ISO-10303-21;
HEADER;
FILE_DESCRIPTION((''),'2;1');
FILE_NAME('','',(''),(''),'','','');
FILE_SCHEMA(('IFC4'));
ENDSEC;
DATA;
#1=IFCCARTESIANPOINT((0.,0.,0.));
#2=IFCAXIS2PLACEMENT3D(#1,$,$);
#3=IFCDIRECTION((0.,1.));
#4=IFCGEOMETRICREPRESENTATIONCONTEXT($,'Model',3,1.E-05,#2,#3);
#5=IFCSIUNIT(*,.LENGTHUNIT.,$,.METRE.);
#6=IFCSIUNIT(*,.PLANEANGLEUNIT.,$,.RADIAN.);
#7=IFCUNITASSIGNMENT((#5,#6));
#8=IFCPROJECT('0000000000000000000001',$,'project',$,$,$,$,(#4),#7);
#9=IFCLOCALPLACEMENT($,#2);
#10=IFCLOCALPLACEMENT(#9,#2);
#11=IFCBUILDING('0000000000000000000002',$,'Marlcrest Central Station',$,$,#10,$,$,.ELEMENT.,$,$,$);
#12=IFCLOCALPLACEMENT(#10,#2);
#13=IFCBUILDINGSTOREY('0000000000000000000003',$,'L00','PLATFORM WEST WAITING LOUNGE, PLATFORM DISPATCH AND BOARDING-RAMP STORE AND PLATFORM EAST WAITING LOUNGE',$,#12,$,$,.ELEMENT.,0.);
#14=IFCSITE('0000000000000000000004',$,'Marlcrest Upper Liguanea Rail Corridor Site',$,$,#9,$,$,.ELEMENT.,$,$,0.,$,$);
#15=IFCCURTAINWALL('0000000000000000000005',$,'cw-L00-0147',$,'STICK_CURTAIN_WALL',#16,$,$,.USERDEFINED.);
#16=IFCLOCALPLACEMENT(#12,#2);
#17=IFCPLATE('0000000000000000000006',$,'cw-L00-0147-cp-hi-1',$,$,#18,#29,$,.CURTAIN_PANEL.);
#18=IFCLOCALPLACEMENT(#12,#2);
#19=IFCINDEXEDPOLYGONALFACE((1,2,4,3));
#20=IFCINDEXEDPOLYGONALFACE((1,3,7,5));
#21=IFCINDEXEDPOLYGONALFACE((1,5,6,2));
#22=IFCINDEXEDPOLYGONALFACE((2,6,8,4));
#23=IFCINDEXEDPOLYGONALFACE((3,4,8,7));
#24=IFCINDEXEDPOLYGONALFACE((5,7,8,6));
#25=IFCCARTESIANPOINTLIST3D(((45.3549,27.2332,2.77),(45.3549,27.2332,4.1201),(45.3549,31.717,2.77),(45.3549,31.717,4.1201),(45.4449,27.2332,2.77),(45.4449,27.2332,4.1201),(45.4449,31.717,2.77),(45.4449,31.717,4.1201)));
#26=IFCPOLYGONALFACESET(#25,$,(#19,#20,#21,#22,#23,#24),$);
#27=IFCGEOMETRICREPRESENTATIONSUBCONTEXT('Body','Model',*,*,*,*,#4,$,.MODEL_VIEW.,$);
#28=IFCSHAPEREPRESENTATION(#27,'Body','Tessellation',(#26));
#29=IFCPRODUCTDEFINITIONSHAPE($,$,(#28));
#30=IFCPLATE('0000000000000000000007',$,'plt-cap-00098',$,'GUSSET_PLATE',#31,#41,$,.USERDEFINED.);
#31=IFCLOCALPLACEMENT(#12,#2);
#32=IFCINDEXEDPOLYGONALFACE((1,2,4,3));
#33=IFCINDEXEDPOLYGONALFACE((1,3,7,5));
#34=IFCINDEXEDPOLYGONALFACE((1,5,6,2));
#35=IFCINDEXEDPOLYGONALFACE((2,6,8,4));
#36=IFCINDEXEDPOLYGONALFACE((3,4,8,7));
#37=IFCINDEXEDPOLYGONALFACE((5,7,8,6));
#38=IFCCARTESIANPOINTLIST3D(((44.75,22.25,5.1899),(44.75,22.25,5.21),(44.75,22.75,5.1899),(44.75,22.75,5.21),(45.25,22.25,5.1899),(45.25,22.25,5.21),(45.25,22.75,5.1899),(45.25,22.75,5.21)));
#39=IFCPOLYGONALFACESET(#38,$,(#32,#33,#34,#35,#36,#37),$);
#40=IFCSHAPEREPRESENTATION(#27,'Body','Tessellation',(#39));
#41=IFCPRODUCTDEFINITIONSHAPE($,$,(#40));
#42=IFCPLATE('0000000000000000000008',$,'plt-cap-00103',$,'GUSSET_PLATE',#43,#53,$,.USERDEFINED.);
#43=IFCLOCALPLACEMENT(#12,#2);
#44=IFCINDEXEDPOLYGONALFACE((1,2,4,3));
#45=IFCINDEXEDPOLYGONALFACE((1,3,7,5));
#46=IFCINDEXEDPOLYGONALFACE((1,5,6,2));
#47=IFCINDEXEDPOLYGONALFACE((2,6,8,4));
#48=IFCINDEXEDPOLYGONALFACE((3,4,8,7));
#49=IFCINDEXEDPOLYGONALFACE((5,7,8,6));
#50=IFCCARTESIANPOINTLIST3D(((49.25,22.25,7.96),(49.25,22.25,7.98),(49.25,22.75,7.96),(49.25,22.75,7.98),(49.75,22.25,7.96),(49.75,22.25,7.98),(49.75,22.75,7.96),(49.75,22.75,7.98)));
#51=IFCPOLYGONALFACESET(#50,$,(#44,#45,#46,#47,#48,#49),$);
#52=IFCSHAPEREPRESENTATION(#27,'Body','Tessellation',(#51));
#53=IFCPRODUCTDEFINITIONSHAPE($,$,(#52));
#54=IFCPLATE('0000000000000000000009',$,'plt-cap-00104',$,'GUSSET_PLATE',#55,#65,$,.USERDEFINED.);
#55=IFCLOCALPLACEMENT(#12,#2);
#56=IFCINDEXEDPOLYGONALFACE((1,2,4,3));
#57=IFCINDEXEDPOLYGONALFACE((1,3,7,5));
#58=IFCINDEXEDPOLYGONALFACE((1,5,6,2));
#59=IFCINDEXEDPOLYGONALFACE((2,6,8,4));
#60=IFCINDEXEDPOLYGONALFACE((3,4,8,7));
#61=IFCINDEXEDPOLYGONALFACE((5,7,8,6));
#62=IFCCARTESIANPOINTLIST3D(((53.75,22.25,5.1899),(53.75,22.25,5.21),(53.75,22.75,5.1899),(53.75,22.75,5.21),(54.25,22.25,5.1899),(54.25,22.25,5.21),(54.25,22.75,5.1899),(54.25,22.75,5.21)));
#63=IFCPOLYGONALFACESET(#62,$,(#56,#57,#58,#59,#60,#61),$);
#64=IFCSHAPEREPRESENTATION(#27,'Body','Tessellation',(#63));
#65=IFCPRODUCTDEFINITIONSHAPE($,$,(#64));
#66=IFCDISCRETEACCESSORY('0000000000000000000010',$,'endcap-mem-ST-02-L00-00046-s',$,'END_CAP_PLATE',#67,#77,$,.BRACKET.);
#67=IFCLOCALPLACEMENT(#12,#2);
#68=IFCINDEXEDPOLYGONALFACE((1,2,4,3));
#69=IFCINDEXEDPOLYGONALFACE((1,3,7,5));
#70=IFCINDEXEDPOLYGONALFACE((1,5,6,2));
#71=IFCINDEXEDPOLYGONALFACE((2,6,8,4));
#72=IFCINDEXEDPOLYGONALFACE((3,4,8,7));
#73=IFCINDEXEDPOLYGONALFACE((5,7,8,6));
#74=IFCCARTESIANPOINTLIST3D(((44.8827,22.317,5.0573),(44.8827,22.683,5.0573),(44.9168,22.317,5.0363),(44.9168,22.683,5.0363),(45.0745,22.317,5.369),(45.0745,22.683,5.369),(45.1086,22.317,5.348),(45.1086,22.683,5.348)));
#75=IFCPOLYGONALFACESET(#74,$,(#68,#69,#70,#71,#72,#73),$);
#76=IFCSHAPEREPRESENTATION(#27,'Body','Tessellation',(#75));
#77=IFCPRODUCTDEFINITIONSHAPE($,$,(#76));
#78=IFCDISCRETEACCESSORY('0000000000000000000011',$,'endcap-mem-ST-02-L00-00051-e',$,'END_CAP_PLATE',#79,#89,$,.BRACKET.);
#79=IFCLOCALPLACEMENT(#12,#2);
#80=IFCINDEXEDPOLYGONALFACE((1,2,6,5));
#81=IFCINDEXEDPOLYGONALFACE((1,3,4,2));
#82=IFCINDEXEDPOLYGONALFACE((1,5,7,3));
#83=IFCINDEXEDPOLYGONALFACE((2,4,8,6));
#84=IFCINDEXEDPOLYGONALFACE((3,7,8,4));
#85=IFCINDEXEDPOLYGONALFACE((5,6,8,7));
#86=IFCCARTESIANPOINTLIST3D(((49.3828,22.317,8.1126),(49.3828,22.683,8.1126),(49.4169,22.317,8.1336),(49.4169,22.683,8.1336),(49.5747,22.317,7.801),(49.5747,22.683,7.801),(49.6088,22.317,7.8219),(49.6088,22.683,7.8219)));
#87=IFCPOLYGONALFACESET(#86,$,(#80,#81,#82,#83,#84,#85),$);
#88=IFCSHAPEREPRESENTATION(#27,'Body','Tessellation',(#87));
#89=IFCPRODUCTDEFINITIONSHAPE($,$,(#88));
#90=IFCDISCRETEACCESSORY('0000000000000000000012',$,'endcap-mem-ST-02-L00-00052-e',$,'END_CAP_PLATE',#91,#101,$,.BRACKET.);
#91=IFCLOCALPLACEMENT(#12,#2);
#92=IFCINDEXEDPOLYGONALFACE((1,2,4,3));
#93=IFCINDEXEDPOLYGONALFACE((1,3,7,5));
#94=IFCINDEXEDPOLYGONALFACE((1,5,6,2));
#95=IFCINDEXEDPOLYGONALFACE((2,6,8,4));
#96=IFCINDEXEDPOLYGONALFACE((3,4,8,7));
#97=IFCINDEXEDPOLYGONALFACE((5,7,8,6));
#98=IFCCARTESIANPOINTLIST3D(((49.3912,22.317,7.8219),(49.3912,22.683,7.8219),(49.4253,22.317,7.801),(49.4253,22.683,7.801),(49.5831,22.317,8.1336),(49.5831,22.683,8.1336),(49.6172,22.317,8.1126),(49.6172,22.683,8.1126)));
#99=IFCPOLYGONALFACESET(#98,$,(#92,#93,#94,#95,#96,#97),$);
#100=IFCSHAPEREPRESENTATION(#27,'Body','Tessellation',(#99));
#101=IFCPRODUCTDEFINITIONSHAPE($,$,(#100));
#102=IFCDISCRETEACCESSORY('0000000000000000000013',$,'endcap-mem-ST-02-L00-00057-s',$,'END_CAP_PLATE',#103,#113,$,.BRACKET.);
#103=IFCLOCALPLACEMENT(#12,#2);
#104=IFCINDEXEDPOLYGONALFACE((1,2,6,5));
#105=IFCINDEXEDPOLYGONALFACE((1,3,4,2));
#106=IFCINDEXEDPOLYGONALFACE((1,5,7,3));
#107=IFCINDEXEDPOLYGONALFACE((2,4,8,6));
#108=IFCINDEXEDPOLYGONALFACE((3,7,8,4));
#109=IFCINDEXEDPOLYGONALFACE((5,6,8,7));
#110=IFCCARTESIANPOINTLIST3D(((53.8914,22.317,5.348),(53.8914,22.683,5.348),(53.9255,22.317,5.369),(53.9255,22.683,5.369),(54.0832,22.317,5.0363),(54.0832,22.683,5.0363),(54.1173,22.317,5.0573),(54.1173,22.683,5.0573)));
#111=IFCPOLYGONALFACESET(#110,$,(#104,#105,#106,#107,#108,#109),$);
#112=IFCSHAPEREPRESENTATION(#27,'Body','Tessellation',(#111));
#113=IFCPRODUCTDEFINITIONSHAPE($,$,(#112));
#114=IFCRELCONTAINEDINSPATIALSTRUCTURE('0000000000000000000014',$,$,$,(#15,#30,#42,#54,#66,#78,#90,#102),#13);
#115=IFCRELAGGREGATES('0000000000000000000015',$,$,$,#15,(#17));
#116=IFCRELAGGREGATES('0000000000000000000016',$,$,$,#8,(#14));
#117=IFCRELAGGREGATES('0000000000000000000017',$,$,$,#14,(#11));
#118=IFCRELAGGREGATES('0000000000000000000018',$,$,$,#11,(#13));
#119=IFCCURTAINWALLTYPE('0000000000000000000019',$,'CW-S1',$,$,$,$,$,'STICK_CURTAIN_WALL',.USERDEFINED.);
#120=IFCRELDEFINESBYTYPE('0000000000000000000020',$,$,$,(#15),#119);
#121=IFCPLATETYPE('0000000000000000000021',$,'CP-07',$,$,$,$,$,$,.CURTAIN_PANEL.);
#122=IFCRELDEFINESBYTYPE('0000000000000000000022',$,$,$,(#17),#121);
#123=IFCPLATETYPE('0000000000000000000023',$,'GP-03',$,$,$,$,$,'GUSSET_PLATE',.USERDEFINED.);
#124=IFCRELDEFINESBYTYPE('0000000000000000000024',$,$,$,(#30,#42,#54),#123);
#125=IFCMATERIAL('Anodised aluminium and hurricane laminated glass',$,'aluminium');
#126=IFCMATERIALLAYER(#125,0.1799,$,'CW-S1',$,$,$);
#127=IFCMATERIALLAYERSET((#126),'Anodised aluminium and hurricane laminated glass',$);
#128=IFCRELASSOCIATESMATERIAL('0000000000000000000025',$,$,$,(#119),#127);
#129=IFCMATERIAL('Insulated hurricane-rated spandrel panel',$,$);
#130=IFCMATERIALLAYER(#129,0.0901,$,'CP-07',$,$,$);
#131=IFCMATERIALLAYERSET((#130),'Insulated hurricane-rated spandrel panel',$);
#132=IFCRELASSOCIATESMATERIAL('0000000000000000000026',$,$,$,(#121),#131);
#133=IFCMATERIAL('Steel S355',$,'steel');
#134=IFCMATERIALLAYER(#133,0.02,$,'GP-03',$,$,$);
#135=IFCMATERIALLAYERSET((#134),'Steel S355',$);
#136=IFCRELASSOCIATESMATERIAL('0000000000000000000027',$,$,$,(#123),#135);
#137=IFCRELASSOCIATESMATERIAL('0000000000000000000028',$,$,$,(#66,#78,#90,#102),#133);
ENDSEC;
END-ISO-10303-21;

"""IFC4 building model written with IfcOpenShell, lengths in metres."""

from ifc_helpers import new_model, si_unit, direction, frame, origin, origin_2d, place, context, subcontext, project, spatial, rectangle, extrude, material, layer, layer_set, type_object, element, aggregate, save


model = new_model("IFC4")

# Units and contexts
model_context = context("Model", 3, precision=1e-05, world=origin(), true_north=direction((0.0, 1.0)))
body_context = subcontext(model_context, "Body", "Model", "MODEL_VIEW")
ifc_project = project(units=[si_unit("LENGTHUNIT", "METRE"), si_unit("PLANEANGLEUNIT", "RADIAN")], contexts=[model_context])

# Site, building, storey
site_placement = place(None, origin())
site = spatial("IfcSite", under=ifc_project, at=site_placement, Name="Marlcrest Upper Liguanea Rail Corridor Site", CompositionType="ELEMENT", RefElevation=0.0)
building_placement = place(site_placement, origin())
building = spatial("IfcBuilding", under=site, at=building_placement, Name="Marlcrest Central Station", CompositionType="ELEMENT")
storey_placement = place(building_placement, origin())
storey = spatial("IfcBuildingStorey", under=building, at=storey_placement, Name="L00", Description="PLATFORM WEST WAITING LOUNGE, PLATFORM DISPATCH AND BOARDING-RAMP STORE AND PLATFORM EAST WAITING LOUNGE", CompositionType="ELEMENT", Elevation=0.0)

# Curtain wall
ifc_material_1 = material(Name="Anodised aluminium and hurricane laminated glass", Category="aluminium")
ifc_layer_1 = layer(ifc_material_1, 0.1799, Name="CW-S1")
ifc_layer_set_1 = layer_set([ifc_layer_1], Name="Anodised aluminium and hurricane laminated glass")
curtain_wall_type = type_object("IfcCurtainWallType", Name="CW-S1", ElementType="STICK_CURTAIN_WALL", PredefinedType="USERDEFINED", material=ifc_layer_set_1)
curtain_wall_placement = place(storey_placement, origin())
curtain_wall = element("IfcCurtainWall", 1, at=curtain_wall_placement, inside=storey, type_object=curtain_wall_type, Name="cw-L00-0147", ObjectType="STICK_CURTAIN_WALL", PredefinedType="USERDEFINED")

# Shared definitions
ifc_material_2 = material(Name="Steel S355", Category="steel")

# Plate
ifc_material_3 = material(Name="Insulated hurricane-rated spandrel panel")
ifc_layer_2 = layer(ifc_material_3, 0.0901, Name="CP-07")
ifc_layer_set_2 = layer_set([ifc_layer_2], Name="Insulated hurricane-rated spandrel panel")
plate_type_1 = type_object("IfcPlateType", Name="CP-07", PredefinedType="CURTAIN_PANEL", material=ifc_layer_set_2)
plate_1_placement = place(storey_placement, frame((45.3999, 29.4751, 2.77), z_axis=(0.0, 0.0, 1.0), x_axis=(0.0, 1.0, 0.0)))
plate_1 = element("IfcPlate", 2, at=plate_1_placement, type_object=plate_type_1, Name="cw-L00-0147-cp-hi-1", PredefinedType="CURTAIN_PANEL", context=body_context, shape_type="SweptSolid", body=[
    extrude(rectangle(XDim=4.4839, YDim=0.0901, at=origin_2d()), origin(), (0.0, 0.0, 1.0), 1.3501),
])
aggregate(curtain_wall, [plate_1])

# Plates
ifc_layer_3 = layer(ifc_material_2, 0.02, Name="GP-03")
ifc_layer_set_3 = layer_set([ifc_layer_3], Name="Steel S355")
plate_type_2 = type_object("IfcPlateType", Name="GP-03", ElementType="GUSSET_PLATE", PredefinedType="USERDEFINED", material=ifc_layer_set_3)
for number, where, z_axis, x_axis, name in (
    (3, (45.0, 22.5, 5.1899), (0.0, 0.0, 1.0), (1.0, 0.0, 0.0), "plt-cap-00098"),
    (4, (49.5, 22.5, 7.96), (0.0, 0.0, 1.0), (1.0, 0.0, 0.0), "plt-cap-00103"),
    (5, (54.0, 22.5, 5.1899), (0.0, 0.0, 1.0), (1.0, 0.0, 0.0), "plt-cap-00104"),
):
    element("IfcPlate", number, at=place(storey_placement, frame(where, z_axis=z_axis, x_axis=x_axis)), inside=storey, type_object=plate_type_2, Name=name, ObjectType="GUSSET_PLATE", PredefinedType="USERDEFINED", context=body_context, shape_type="SweptSolid", body=[
        extrude(rectangle(XDim=0.5, YDim=0.5, at=origin_2d()), origin(), (0.0, 0.0, 1.0), 0.02),
    ])

# Discrete accessories
for number, where, z_axis, x_axis, name in (
    (6, (45.0127, 22.5, 5.1921), (-0.851592, 0.0, 0.524206), (0.0, -1.0, 0.0), "endcap-mem-ST-02-L00-00046-s"),
    (7, (49.4788, 22.5, 7.9568), (0.851592, 0.0, 0.524206), (0.0, 1.0, 0.0), "endcap-mem-ST-02-L00-00051-e"),
    (8, (49.5212, 22.5, 7.9568), (-0.851592, 0.0, 0.524206), (0.0, -1.0, 0.0), "endcap-mem-ST-02-L00-00052-e"),
    (9, (53.9873, 22.5, 5.1921), (0.851592, 0.0, 0.524206), (0.0, 1.0, 0.0), "endcap-mem-ST-02-L00-00057-s"),
):
    element("IfcDiscreteAccessory", number, at=place(storey_placement, frame(where, z_axis=z_axis, x_axis=x_axis)), inside=storey, material=ifc_material_2, Name=name, ObjectType="END_CAP_PLATE", PredefinedType="BRACKET", context=body_context, shape_type="SweptSolid", body=[
        extrude(rectangle(XDim=0.366, YDim=0.366, at=origin_2d()), origin(), (0.0, 0.0, 1.0), 0.04),
    ])

save(model, "model.ifc")
